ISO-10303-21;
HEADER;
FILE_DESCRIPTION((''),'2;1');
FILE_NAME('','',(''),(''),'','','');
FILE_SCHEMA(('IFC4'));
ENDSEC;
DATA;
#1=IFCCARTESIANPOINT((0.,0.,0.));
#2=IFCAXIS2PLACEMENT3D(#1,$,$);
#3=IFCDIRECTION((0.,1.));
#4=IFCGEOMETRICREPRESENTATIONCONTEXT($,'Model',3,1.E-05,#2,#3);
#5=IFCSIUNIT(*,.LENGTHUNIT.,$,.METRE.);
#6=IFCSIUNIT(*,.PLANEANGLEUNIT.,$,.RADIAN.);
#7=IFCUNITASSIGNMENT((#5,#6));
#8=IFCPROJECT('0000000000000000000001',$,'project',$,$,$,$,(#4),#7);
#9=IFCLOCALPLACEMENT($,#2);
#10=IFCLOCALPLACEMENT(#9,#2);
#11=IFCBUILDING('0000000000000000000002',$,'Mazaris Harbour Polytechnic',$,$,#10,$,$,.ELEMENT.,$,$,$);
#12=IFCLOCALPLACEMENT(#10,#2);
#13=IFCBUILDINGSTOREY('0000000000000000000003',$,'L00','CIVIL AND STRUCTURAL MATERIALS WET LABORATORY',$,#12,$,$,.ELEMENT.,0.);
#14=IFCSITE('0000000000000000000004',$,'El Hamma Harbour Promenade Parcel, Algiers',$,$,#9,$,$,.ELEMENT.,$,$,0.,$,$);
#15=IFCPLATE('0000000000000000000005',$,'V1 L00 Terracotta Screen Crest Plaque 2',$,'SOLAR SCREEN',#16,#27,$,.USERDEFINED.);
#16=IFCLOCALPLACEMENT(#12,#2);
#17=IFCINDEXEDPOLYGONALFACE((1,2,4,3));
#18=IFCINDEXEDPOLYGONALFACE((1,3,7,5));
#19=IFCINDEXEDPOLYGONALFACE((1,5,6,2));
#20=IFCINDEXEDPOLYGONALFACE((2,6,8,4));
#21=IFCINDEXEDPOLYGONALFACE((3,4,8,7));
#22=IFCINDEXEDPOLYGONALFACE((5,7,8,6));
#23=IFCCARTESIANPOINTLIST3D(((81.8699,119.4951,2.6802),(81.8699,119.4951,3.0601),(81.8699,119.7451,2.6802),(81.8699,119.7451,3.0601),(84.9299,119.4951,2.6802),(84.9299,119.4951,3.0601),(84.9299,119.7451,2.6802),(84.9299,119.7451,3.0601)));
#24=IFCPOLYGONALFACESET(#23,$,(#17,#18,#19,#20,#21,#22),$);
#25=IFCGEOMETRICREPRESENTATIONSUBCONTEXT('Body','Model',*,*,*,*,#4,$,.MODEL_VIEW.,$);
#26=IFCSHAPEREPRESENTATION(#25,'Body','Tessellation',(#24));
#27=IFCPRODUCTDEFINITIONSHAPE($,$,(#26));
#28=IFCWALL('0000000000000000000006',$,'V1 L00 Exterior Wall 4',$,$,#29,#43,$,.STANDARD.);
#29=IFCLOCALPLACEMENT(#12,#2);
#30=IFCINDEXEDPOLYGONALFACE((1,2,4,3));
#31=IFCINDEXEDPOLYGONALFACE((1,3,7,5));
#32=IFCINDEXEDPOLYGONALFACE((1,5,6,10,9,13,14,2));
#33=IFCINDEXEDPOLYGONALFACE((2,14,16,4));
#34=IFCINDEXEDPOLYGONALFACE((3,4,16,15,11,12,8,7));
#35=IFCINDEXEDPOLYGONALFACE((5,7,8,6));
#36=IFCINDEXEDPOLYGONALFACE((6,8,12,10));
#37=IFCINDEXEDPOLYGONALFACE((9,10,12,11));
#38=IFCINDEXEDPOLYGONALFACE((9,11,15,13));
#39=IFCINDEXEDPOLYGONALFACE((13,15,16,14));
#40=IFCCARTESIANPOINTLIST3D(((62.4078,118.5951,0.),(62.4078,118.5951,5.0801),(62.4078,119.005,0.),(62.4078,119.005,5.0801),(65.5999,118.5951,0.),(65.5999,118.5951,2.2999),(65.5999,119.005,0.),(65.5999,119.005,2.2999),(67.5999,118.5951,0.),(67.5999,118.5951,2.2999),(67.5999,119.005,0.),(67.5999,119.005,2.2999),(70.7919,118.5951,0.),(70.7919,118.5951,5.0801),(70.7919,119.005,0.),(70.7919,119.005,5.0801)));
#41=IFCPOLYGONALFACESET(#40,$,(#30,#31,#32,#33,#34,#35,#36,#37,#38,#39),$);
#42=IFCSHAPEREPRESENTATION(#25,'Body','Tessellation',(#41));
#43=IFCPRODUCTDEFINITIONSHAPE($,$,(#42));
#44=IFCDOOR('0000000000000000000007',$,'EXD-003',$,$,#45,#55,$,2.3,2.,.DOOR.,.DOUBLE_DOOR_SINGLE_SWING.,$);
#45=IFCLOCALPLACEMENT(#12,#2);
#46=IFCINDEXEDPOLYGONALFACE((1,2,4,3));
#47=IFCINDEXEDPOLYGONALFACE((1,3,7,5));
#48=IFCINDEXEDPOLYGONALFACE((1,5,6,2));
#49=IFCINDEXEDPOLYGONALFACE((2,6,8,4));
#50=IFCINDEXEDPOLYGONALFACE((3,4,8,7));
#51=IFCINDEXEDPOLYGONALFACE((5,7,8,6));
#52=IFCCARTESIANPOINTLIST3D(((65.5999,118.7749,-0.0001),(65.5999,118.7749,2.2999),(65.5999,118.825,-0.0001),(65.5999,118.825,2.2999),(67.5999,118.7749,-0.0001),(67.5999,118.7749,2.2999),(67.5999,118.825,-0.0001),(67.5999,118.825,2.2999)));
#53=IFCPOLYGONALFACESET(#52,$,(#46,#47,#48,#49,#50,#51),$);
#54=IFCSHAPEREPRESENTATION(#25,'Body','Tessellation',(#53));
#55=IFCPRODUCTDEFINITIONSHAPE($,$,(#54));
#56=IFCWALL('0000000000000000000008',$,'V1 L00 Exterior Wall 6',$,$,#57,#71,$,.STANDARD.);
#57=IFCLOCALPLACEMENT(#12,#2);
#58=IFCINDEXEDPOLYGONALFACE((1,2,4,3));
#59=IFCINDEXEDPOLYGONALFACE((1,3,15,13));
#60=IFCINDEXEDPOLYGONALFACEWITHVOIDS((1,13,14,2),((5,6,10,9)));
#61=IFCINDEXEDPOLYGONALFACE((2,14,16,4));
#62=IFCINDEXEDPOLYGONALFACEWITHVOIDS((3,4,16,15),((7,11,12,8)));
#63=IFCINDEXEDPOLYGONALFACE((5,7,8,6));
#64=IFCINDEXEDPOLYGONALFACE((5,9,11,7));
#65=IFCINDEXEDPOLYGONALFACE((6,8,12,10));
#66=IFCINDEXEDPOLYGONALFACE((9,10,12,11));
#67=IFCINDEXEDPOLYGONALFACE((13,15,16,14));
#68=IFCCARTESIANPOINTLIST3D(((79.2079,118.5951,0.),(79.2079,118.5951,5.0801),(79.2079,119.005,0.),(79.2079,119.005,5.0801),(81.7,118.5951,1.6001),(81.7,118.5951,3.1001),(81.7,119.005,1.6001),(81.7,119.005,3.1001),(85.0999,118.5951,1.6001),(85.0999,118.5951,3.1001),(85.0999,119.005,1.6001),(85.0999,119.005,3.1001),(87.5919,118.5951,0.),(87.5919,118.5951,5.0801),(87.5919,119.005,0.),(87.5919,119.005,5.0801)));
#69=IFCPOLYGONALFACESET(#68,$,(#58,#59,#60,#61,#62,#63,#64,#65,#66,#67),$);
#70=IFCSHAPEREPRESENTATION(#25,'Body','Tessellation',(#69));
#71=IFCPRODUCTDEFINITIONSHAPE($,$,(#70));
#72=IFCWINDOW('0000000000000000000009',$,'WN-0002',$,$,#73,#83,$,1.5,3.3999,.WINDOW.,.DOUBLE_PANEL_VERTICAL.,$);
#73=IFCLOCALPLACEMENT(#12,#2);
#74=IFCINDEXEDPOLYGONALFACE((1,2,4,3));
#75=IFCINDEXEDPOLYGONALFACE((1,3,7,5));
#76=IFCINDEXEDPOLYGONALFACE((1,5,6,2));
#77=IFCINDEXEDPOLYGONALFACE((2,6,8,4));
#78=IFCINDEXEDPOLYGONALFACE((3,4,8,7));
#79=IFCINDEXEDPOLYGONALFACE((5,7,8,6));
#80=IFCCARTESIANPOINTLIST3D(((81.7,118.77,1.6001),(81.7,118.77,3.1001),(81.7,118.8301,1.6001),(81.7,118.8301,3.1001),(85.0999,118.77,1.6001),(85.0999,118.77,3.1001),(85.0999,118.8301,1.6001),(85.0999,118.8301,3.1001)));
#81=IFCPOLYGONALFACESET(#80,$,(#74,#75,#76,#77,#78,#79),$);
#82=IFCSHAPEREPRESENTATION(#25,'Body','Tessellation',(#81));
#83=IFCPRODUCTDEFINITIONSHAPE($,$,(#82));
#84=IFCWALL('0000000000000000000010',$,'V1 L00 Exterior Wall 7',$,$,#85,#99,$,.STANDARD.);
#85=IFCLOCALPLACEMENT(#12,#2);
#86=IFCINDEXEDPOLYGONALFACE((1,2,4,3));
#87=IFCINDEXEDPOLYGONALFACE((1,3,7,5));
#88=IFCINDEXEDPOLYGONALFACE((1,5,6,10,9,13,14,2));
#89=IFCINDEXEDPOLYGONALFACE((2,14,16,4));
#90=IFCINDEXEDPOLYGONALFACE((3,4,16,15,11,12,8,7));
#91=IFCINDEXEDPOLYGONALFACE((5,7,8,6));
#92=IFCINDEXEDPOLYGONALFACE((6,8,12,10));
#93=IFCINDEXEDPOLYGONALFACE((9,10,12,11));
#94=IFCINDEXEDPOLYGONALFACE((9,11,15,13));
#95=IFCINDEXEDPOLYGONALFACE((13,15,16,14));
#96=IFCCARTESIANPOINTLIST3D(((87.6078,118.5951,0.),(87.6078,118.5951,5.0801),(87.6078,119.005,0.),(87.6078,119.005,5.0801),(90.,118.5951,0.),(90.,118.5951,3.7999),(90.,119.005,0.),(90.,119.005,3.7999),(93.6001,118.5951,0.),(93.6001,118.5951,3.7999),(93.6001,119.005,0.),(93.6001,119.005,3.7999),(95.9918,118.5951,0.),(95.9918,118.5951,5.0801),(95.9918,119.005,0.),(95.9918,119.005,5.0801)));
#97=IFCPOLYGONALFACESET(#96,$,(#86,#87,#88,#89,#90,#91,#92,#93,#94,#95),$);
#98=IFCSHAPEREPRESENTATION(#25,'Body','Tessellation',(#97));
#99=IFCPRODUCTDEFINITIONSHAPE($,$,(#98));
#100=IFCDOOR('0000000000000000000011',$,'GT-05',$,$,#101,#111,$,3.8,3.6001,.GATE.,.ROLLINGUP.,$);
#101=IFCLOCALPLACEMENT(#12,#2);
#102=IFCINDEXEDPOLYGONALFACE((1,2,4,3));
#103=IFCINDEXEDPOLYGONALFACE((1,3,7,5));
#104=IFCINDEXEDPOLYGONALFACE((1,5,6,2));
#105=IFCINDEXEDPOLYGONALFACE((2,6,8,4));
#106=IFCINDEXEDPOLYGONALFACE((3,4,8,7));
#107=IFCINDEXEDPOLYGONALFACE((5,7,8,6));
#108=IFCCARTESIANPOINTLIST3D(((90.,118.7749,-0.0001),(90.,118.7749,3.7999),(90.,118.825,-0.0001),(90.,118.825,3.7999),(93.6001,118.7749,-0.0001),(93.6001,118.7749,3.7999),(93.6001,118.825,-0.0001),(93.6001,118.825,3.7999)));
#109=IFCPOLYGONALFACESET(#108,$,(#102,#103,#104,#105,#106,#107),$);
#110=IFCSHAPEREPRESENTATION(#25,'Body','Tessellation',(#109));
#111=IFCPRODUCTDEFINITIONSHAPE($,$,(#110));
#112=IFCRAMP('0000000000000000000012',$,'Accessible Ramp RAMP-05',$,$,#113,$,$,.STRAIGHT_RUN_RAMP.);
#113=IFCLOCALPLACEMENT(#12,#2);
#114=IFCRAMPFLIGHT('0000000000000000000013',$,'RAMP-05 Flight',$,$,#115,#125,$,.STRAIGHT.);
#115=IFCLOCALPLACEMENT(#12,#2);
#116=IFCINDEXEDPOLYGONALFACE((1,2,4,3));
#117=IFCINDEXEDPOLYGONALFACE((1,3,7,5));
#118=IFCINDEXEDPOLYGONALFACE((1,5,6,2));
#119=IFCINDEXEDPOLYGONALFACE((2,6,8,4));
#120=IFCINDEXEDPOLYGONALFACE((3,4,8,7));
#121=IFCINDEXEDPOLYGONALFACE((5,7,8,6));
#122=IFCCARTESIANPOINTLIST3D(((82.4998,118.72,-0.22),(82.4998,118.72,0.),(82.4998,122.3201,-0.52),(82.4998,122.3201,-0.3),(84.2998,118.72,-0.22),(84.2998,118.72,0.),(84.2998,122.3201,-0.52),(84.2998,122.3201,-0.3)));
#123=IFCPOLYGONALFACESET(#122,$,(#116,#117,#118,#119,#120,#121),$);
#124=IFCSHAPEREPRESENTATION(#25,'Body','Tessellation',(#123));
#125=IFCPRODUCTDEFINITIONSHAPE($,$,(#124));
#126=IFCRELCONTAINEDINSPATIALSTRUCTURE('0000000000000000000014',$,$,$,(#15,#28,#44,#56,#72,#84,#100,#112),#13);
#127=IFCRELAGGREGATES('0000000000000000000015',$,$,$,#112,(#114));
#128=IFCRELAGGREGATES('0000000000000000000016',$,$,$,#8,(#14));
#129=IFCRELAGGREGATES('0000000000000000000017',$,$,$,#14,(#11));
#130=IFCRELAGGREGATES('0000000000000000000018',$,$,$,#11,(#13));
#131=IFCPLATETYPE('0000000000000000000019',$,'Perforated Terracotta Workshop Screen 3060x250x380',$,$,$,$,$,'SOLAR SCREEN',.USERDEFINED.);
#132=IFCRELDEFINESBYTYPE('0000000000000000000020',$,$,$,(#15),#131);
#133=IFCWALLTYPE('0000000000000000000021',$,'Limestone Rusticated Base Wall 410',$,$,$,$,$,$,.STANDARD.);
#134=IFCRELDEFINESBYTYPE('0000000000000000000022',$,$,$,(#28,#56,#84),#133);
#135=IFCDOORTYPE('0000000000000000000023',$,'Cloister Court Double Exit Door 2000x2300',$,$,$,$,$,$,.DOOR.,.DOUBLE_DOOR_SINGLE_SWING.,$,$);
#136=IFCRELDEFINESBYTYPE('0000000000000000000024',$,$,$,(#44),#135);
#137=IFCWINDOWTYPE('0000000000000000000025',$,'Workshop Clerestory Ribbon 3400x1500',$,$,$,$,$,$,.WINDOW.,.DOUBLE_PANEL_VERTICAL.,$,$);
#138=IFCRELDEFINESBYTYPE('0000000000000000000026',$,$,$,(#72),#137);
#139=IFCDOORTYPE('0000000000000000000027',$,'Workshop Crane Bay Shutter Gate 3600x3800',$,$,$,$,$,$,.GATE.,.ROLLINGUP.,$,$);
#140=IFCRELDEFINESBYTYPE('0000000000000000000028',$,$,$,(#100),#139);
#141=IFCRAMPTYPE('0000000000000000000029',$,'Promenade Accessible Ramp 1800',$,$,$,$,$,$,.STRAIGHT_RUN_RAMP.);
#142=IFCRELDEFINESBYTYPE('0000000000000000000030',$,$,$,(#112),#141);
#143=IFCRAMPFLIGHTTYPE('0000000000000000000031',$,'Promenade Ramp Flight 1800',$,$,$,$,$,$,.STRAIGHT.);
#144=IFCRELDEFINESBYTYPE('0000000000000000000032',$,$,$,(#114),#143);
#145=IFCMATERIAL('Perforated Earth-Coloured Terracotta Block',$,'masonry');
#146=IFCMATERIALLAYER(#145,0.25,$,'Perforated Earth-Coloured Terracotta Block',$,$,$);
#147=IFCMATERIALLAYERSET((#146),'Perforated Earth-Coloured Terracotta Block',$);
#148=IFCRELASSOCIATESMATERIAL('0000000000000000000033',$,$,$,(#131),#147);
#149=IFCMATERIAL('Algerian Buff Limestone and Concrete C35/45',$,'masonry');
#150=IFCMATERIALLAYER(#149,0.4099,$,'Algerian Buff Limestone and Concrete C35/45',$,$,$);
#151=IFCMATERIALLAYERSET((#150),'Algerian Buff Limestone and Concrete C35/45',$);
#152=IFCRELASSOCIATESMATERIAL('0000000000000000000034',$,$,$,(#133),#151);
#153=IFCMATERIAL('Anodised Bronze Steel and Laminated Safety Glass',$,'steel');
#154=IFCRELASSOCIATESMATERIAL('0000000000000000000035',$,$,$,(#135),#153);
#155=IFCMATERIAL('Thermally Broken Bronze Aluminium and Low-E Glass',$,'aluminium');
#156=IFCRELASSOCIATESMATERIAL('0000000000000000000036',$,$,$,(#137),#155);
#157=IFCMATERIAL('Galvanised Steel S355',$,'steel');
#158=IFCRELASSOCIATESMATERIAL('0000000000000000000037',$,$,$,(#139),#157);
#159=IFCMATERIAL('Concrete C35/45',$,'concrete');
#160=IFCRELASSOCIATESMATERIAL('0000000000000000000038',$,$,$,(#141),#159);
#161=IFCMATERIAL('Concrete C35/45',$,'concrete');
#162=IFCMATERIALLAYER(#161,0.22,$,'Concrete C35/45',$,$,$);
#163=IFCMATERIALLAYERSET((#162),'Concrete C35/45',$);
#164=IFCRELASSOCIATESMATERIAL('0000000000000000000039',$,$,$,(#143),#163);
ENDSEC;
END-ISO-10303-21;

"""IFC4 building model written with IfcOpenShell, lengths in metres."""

from ifc_helpers import new_model, si_unit, direction, frame, frame_2d, origin, origin_2d, place, context, subcontext, project, spatial, polyline, rectangle, outline, extrude, material, layer, layer_set, type_object, element, fill, aggregate, save


model = new_model("IFC4")

# Units and contexts
model_context = context("Model", 3, precision=1e-05, world=origin(), true_north=direction((0.0, 1.0)))
body_context = subcontext(model_context, "Body", "Model", "MODEL_VIEW")
ifc_project = project(units=[si_unit("LENGTHUNIT", "METRE"), si_unit("PLANEANGLEUNIT", "RADIAN")], contexts=[model_context])

# Site, building, storey
site_placement = place(None, origin())
site = spatial("IfcSite", under=ifc_project, at=site_placement, Name="El Hamma Harbour Promenade Parcel, Algiers", CompositionType="ELEMENT", RefElevation=0.0)
building_placement = place(site_placement, origin())
building = spatial("IfcBuilding", under=site, at=building_placement, Name="Mazaris Harbour Polytechnic", CompositionType="ELEMENT")
storey_placement = place(building_placement, origin())
storey = spatial("IfcBuildingStorey", under=building, at=storey_placement, Name="L00", Description="CIVIL AND STRUCTURAL MATERIALS WET LABORATORY", CompositionType="ELEMENT", Elevation=0.0)

# Plate
ifc_material_1 = material(Name="Perforated Earth-Coloured Terracotta Block", Category="masonry")
ifc_layer_1 = layer(ifc_material_1, 0.25, Name="Perforated Earth-Coloured Terracotta Block")
ifc_layer_set_1 = layer_set([ifc_layer_1], Name="Perforated Earth-Coloured Terracotta Block")
plate_type_1 = type_object("IfcPlateType", Name="Perforated Terracotta Workshop Screen 3060x250x380", ElementType="SOLAR SCREEN", PredefinedType="USERDEFINED", material=ifc_layer_set_1)
plate_1_placement = place(storey_placement, frame((83.3999, 119.6201, 2.6802), z_axis=(0.0, 0.0, 1.0), x_axis=(1.0, 0.0, 0.0)))
element("IfcPlate", 1, at=plate_1_placement, inside=storey, type_object=plate_type_1, Name="V1 L00 Terracotta Screen Crest Plaque 2", ObjectType="SOLAR SCREEN", PredefinedType="USERDEFINED", context=body_context, shape_type="SweptSolid", body=[
    extrude(rectangle(XDim=3.0601, YDim=0.25, at=origin_2d()), origin(), (0.0, 0.0, 1.0), 0.3799),
])

# Wall, opening, door
ifc_material_2 = material(Name="Algerian Buff Limestone and Concrete C35/45", Category="masonry")
ifc_layer_2 = layer(ifc_material_2, 0.4099, Name="Algerian Buff Limestone and Concrete C35/45")
ifc_layer_set_2 = layer_set([ifc_layer_2], Name="Algerian Buff Limestone and Concrete C35/45")
wall_type = type_object("IfcWallType", Name="Limestone Rusticated Base Wall 410", PredefinedType="STANDARD", material=ifc_layer_set_2)
wall_1_placement = place(storey_placement, frame((62.408, 118.8, 0.0), z_axis=(0.0, 0.0, 1.0), x_axis=(1.0, 0.0, 0.0)))
wall_1 = element("IfcWall", 2, at=wall_1_placement, inside=storey, type_object=wall_type, Name="V1 L00 Exterior Wall 4", PredefinedType="STANDARD", context=body_context, shape_type="SweptSolid", body=[
    extrude(rectangle(XDim=8.384, YDim=0.4099, at=frame_2d((4.1919, 0.0))), origin(), (0.0, 0.0, 1.0), 5.0801),
])
opening_1_placement = place(wall_1_placement, frame((3.1919, 0.0, 0.0)))
opening_1 = element("IfcOpeningElement", 3, at=opening_1_placement, cuts=wall_1, PredefinedType="OPENING", context=body_context, shape_type="SweptSolid", body=[
    extrude(rectangle(XDim=2.0, YDim=2.3, at=frame_2d((1.0, 1.1499))), frame((0.0, 0.2148, 0.0), z_axis=(0.0, -1.0, 0.0), x_axis=(1.0, 0.0, 0.0)), (0.0, 0.0, 1.0), 0.4299),
])
ifc_material_3 = material(Name="Anodised Bronze Steel and Laminated Safety Glass", Category="steel")
door_type_1 = type_object("IfcDoorType", Name="Cloister Court Double Exit Door 2000x2300", OperationType="DOUBLE_DOOR_SINGLE_SWING", PredefinedType="DOOR", material=ifc_material_3)
door_1_placement = place(opening_1_placement, origin())
door_1 = element("IfcDoor", 4, at=door_1_placement, inside=storey, type_object=door_type_1, Name="EXD-003", OperationType="DOUBLE_DOOR_SINGLE_SWING", OverallHeight=2.3, OverallWidth=2.0, PredefinedType="DOOR", context=body_context, shape_type="SweptSolid", body=[
    extrude(rectangle(XDim=2.0, YDim=2.3, at=frame_2d((1.0, 1.1499))), frame((0.0, 0.0249, 0.0), z_axis=(0.0, -1.0, 0.0), x_axis=(1.0, 0.0, 0.0)), (0.0, 0.0, 1.0), 0.05),
])
fill(opening_1, door_1)

# Wall, opening, window
wall_2_placement = place(storey_placement, frame((79.208, 118.8, 0.0), z_axis=(0.0, 0.0, 1.0), x_axis=(1.0, 0.0, 0.0)))
wall_2 = element("IfcWall", 5, at=wall_2_placement, inside=storey, type_object=wall_type, Name="V1 L00 Exterior Wall 6", PredefinedType="STANDARD", context=body_context, shape_type="SweptSolid", body=[
    extrude(rectangle(XDim=8.384, YDim=0.4099, at=frame_2d((4.1919, 0.0))), origin(), (0.0, 0.0, 1.0), 5.0801),
])
opening_2_placement = place(wall_2_placement, frame((2.4919, 0.0, 1.6001)))
opening_2 = element("IfcOpeningElement", 6, at=opening_2_placement, cuts=wall_2, PredefinedType="OPENING", context=body_context, shape_type="SweptSolid", body=[
    extrude(rectangle(XDim=3.3999, YDim=1.5, at=frame_2d((1.7, 0.75))), frame((0.0, 0.2148, 0.0), z_axis=(0.0, -1.0, 0.0), x_axis=(1.0, 0.0, 0.0)), (0.0, 0.0, 1.0), 0.4299),
])
ifc_material_4 = material(Name="Thermally Broken Bronze Aluminium and Low-E Glass", Category="aluminium")
window_type = type_object("IfcWindowType", Name="Workshop Clerestory Ribbon 3400x1500", PartitioningType="DOUBLE_PANEL_VERTICAL", PredefinedType="WINDOW", material=ifc_material_4)
window_placement = place(opening_2_placement, origin())
window = element("IfcWindow", 7, at=window_placement, inside=storey, type_object=window_type, Name="WN-0002", OverallHeight=1.5, OverallWidth=3.3999, PartitioningType="DOUBLE_PANEL_VERTICAL", PredefinedType="WINDOW", context=body_context, shape_type="SweptSolid", body=[
    extrude(rectangle(XDim=3.3999, YDim=1.5, at=frame_2d((1.7, 0.75))), frame((0.0, 0.03, 0.0), z_axis=(0.0, -1.0, 0.0), x_axis=(1.0, 0.0, 0.0)), (0.0, 0.0, 1.0), 0.0601),
])
fill(opening_2, window)

# Wall, opening, door
wall_3_placement = place(storey_placement, frame((87.6079, 118.8, 0.0), z_axis=(0.0, 0.0, 1.0), x_axis=(1.0, 0.0, 0.0)))
wall_3 = element("IfcWall", 8, at=wall_3_placement, inside=storey, type_object=wall_type, Name="V1 L00 Exterior Wall 7", PredefinedType="STANDARD", context=body_context, shape_type="SweptSolid", body=[
    extrude(rectangle(XDim=8.384, YDim=0.4099, at=frame_2d((4.1919, 0.0))), origin(), (0.0, 0.0, 1.0), 5.0801),
])
opening_3_placement = place(wall_3_placement, frame((2.3921, 0.0, 0.0)))
opening_3 = element("IfcOpeningElement", 9, at=opening_3_placement, cuts=wall_3, PredefinedType="OPENING", context=body_context, shape_type="SweptSolid", body=[
    extrude(rectangle(XDim=3.6001, YDim=3.8, at=frame_2d((1.8, 1.8999))), frame((0.0, 0.2148, 0.0), z_axis=(0.0, -1.0, 0.0), x_axis=(1.0, 0.0, 0.0)), (0.0, 0.0, 1.0), 0.4299),
])
ifc_material_5 = material(Name="Galvanised Steel S355", Category="steel")
door_type_2 = type_object("IfcDoorType", Name="Workshop Crane Bay Shutter Gate 3600x3800", OperationType="ROLLINGUP", PredefinedType="GATE", material=ifc_material_5)
door_2_placement = place(opening_3_placement, origin())
door_2 = element("IfcDoor", 10, at=door_2_placement, inside=storey, type_object=door_type_2, Name="GT-05", OperationType="ROLLINGUP", OverallHeight=3.8, OverallWidth=3.6001, PredefinedType="GATE", context=body_context, shape_type="SweptSolid", body=[
    extrude(rectangle(XDim=3.6001, YDim=3.8, at=frame_2d((1.8, 1.8999))), frame((0.0, 0.0249, 0.0), z_axis=(0.0, -1.0, 0.0), x_axis=(1.0, 0.0, 0.0)), (0.0, 0.0, 1.0), 0.05),
])
fill(opening_3, door_2)

# Ramp, ramp flight
ifc_material_6 = material(Name="Concrete C35/45", Category="concrete")
ramp_type = type_object("IfcRampType", Name="Promenade Accessible Ramp 1800", PredefinedType="STRAIGHT_RUN_RAMP", material=ifc_material_6)
ramp_placement = place(storey_placement, origin())
ramp = element("IfcRamp", 11, at=ramp_placement, inside=storey, type_object=ramp_type, Name="Accessible Ramp RAMP-05", PredefinedType="STRAIGHT_RUN_RAMP")
ifc_material_7 = material(Name="Concrete C35/45", Category="concrete")
ifc_layer_3 = layer(ifc_material_7, 0.22, Name="Concrete C35/45")
ifc_layer_set_3 = layer_set([ifc_layer_3], Name="Concrete C35/45")
ramp_flight_type = type_object("IfcRampFlightType", Name="Promenade Ramp Flight 1800", PredefinedType="STRAIGHT", material=ifc_layer_set_3)
ramp_flight_placement = place(storey_placement, frame((83.3999, 122.3201, -0.3), z_axis=(0.0, 0.0, 1.0), x_axis=(0.0, -1.0, 0.0)))
ramp_flight = element("IfcRampFlight", 12, at=ramp_flight_placement, type_object=ramp_flight_type, Name="RAMP-05 Flight", PredefinedType="STRAIGHT", context=body_context, shape_type="SweptSolid", body=[
    extrude(outline(polyline([(0.0, 0.0), (0.0, -0.22), (3.6001, 0.0801), (3.6001, 0.3), (0.0, 0.0)])), frame((0.0, 0.8999, 0.0), z_axis=(0.0, -1.0, 0.0), x_axis=(1.0, 0.0, 0.0)), (0.0, 0.0, 1.0), 1.8),
])
aggregate(ramp, [ramp_flight])

save(model, "model.ifc")
